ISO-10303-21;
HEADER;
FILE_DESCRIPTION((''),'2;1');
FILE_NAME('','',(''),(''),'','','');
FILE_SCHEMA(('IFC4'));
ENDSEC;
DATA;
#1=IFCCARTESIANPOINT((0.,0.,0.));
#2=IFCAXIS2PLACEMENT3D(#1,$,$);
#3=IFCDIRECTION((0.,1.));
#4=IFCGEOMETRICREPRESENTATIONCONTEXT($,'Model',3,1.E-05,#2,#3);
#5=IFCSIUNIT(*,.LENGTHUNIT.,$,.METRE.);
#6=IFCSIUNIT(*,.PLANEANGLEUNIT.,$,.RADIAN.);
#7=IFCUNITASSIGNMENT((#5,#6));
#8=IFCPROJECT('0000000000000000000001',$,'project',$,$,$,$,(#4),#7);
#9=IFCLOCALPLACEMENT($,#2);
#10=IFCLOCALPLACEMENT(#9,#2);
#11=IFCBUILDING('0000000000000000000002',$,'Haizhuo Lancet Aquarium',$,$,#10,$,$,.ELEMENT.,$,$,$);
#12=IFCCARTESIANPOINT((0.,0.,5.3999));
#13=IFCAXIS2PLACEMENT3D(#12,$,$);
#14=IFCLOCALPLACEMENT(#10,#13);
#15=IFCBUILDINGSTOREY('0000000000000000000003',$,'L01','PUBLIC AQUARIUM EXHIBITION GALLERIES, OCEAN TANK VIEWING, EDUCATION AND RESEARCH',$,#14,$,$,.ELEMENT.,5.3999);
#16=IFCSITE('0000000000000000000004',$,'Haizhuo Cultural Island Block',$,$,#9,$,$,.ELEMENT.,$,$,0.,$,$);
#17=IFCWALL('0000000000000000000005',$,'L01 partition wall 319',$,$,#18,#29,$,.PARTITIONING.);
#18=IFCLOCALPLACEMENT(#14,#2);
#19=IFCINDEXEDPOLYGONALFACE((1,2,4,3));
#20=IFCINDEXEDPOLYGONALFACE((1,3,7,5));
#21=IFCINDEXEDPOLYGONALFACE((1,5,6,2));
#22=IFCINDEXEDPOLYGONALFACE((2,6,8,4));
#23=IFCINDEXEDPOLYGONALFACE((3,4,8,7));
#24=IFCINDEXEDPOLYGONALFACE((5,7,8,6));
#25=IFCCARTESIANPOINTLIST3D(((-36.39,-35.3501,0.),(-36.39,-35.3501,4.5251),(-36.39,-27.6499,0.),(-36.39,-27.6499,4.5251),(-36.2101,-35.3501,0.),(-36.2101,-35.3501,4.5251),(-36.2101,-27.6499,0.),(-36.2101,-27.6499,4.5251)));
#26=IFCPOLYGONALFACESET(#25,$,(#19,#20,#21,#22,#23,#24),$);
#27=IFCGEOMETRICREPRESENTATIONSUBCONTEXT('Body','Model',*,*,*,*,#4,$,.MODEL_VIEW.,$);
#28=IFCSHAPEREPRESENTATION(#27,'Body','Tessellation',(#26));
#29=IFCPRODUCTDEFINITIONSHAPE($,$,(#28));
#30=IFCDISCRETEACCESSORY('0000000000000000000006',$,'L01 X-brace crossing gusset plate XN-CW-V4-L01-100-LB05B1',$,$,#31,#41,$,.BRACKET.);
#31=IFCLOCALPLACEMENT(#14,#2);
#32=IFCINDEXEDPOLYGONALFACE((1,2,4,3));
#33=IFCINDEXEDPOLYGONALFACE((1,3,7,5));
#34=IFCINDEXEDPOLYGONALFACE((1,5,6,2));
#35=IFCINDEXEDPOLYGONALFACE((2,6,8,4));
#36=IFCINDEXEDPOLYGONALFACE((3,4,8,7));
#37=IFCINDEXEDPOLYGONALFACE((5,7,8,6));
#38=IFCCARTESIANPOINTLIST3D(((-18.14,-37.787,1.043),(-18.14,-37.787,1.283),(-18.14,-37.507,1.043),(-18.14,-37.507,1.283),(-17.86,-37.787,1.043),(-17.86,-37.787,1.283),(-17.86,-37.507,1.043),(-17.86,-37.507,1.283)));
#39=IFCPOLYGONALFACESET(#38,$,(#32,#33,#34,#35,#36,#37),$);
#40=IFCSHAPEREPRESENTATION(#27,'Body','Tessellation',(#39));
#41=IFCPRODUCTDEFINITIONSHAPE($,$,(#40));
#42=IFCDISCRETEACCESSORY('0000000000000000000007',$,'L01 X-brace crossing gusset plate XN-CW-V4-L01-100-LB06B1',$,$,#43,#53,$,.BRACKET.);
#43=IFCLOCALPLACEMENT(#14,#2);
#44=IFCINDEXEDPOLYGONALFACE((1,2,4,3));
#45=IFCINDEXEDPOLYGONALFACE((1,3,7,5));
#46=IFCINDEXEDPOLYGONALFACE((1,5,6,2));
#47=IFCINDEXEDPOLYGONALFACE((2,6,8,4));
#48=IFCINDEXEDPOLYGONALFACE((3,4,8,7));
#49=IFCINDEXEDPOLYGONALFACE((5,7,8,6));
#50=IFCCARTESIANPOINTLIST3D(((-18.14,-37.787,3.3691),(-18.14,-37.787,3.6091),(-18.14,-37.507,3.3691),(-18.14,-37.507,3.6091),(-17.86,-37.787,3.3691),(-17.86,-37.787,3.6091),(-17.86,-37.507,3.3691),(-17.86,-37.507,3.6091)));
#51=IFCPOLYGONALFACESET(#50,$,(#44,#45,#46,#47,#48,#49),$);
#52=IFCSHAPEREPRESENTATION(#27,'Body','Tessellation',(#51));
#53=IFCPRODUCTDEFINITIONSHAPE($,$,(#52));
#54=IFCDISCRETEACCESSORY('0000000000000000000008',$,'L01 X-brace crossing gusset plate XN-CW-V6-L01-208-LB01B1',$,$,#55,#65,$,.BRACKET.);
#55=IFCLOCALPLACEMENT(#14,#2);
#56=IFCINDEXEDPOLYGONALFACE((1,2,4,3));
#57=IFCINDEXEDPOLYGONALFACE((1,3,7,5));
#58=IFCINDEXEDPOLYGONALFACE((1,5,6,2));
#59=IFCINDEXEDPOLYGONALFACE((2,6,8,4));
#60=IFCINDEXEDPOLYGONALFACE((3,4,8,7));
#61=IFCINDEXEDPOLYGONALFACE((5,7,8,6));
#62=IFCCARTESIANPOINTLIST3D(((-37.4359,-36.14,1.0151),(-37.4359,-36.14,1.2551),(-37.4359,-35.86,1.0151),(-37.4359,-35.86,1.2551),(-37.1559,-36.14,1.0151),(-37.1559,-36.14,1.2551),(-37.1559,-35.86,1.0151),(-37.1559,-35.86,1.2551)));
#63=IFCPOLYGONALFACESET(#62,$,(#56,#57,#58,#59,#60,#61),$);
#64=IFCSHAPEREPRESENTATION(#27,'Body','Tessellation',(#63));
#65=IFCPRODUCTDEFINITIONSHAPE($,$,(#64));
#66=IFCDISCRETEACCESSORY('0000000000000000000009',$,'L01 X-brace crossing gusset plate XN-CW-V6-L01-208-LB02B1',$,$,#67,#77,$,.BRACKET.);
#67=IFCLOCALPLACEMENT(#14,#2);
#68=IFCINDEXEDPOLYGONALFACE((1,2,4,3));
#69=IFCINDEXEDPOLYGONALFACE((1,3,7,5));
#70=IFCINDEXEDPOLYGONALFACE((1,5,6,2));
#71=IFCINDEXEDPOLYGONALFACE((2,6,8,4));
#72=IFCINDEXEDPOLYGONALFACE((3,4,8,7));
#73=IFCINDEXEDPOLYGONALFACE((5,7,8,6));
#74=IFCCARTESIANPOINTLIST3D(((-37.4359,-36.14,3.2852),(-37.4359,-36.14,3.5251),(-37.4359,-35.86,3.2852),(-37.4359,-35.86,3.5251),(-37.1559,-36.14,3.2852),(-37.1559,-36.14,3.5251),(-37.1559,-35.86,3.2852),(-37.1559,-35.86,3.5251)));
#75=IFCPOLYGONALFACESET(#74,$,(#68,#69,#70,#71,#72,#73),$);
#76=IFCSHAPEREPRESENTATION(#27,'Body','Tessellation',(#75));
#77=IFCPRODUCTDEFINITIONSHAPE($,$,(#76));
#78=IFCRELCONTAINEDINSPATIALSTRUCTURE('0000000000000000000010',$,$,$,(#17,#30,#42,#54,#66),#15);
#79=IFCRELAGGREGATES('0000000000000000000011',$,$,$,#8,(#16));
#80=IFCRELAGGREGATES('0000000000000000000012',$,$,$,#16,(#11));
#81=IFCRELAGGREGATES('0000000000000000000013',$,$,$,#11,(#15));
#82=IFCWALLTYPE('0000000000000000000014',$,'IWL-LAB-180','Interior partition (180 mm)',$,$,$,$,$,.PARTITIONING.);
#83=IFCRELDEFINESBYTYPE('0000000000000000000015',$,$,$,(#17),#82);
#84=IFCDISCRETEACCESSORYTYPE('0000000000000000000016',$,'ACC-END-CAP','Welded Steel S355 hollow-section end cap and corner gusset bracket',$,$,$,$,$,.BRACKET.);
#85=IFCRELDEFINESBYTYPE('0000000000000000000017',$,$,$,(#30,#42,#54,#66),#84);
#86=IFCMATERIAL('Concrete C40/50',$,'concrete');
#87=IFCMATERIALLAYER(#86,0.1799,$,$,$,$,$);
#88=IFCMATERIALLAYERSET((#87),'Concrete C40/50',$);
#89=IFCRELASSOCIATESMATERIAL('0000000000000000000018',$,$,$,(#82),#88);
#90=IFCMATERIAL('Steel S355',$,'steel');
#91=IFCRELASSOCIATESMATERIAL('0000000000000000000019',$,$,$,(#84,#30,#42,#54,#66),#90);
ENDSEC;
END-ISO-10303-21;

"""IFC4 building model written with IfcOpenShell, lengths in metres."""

from ifc_helpers import new_model, si_unit, direction, frame, frame_2d, origin, origin_2d, place, context, subcontext, project, spatial, rectangle, extrude, material, layer, layer_set, type_object, element, save


model = new_model("IFC4")

# Units and contexts
model_context = context("Model", 3, precision=1e-05, world=origin(), true_north=direction((0.0, 1.0)))
body_context = subcontext(model_context, "Body", "Model", "MODEL_VIEW")
ifc_project = project(units=[si_unit("LENGTHUNIT", "METRE"), si_unit("PLANEANGLEUNIT", "RADIAN")], contexts=[model_context])

# Site, building, storey
site_placement = place(None, origin())
site = spatial("IfcSite", under=ifc_project, at=site_placement, Name="Haizhuo Cultural Island Block", CompositionType="ELEMENT", RefElevation=0.0)
building_placement = place(site_placement, origin())
building = spatial("IfcBuilding", under=site, at=building_placement, Name="Haizhuo Lancet Aquarium", CompositionType="ELEMENT")
storey_placement = place(building_placement, frame((0.0, 0.0, 5.3999)))
storey = spatial("IfcBuildingStorey", under=building, at=storey_placement, Name="L01", Description="PUBLIC AQUARIUM EXHIBITION GALLERIES, OCEAN TANK VIEWING, EDUCATION AND RESEARCH", CompositionType="ELEMENT", Elevation=5.3999)

# Shared definitions
ifc_material_1 = material(Name="Concrete C40/50", Category="concrete")

# Shared definitions
ifc_material_2 = material(Name="Steel S355", Category="steel")

# Wall
ifc_layer_1 = layer(ifc_material_1, 0.1799)
ifc_layer_set_1 = layer_set([ifc_layer_1], Name="Concrete C40/50")
wall_type_1 = type_object("IfcWallType", Name="IWL-LAB-180", Description="Interior partition (180 mm)", PredefinedType="PARTITIONING", material=ifc_layer_set_1)
wall_1_placement = place(storey_placement, frame((-36.3, -35.3501, 0.0), z_axis=(0.0, 0.0, 1.0), x_axis=(0.0, 1.0, 0.0)))
element("IfcWall", 1, at=wall_1_placement, inside=storey, type_object=wall_type_1, Name="L01 partition wall 319", PredefinedType="PARTITIONING", context=body_context, shape_type="SweptSolid", body=[
    extrude(rectangle(XDim=7.7002, YDim=0.1799, at=frame_2d((3.8501, 0.0))), origin(), (0.0, 0.0, 1.0), 4.5251),
])

# Discrete accessories
discrete_accessory_type = type_object("IfcDiscreteAccessoryType", Name="ACC-END-CAP", Description="Welded Steel S355 hollow-section end cap and corner gusset bracket", PredefinedType="BRACKET", material=ifc_material_2)
for number, where, z_axis, x_axis, name in (
    (2, (-18.0, -37.647, 1.043), (0.0, 0.0, 1.0), (1.0, 0.0, 0.0), "L01 X-brace crossing gusset plate XN-CW-V4-L01-100-LB05B1"),
    (3, (-18.0, -37.647, 3.3691), (0.0, 0.0, 1.0), (1.0, 0.0, 0.0), "L01 X-brace crossing gusset plate XN-CW-V4-L01-100-LB06B1"),
    (4, (-37.2959, -36.0, 1.0151), (0.0, 0.0, 1.0), (1.0, 0.0, 0.0), "L01 X-brace crossing gusset plate XN-CW-V6-L01-208-LB01B1"),
    (5, (-37.2959, -36.0, 3.2852), (0.0, 0.0, 1.0), (1.0, 0.0, 0.0), "L01 X-brace crossing gusset plate XN-CW-V6-L01-208-LB02B1"),
):
    element("IfcDiscreteAccessory", number, at=place(storey_placement, frame(where, z_axis=z_axis, x_axis=x_axis)), inside=storey, type_object=discrete_accessory_type, material=ifc_material_2, Name=name, PredefinedType="BRACKET", context=body_context, shape_type="SweptSolid", body=[
        extrude(rectangle(XDim=0.28, YDim=0.28, at=origin_2d()), origin(), (0.0, 0.0, 1.0), 0.24),
    ])

save(model, "model.ifc")
